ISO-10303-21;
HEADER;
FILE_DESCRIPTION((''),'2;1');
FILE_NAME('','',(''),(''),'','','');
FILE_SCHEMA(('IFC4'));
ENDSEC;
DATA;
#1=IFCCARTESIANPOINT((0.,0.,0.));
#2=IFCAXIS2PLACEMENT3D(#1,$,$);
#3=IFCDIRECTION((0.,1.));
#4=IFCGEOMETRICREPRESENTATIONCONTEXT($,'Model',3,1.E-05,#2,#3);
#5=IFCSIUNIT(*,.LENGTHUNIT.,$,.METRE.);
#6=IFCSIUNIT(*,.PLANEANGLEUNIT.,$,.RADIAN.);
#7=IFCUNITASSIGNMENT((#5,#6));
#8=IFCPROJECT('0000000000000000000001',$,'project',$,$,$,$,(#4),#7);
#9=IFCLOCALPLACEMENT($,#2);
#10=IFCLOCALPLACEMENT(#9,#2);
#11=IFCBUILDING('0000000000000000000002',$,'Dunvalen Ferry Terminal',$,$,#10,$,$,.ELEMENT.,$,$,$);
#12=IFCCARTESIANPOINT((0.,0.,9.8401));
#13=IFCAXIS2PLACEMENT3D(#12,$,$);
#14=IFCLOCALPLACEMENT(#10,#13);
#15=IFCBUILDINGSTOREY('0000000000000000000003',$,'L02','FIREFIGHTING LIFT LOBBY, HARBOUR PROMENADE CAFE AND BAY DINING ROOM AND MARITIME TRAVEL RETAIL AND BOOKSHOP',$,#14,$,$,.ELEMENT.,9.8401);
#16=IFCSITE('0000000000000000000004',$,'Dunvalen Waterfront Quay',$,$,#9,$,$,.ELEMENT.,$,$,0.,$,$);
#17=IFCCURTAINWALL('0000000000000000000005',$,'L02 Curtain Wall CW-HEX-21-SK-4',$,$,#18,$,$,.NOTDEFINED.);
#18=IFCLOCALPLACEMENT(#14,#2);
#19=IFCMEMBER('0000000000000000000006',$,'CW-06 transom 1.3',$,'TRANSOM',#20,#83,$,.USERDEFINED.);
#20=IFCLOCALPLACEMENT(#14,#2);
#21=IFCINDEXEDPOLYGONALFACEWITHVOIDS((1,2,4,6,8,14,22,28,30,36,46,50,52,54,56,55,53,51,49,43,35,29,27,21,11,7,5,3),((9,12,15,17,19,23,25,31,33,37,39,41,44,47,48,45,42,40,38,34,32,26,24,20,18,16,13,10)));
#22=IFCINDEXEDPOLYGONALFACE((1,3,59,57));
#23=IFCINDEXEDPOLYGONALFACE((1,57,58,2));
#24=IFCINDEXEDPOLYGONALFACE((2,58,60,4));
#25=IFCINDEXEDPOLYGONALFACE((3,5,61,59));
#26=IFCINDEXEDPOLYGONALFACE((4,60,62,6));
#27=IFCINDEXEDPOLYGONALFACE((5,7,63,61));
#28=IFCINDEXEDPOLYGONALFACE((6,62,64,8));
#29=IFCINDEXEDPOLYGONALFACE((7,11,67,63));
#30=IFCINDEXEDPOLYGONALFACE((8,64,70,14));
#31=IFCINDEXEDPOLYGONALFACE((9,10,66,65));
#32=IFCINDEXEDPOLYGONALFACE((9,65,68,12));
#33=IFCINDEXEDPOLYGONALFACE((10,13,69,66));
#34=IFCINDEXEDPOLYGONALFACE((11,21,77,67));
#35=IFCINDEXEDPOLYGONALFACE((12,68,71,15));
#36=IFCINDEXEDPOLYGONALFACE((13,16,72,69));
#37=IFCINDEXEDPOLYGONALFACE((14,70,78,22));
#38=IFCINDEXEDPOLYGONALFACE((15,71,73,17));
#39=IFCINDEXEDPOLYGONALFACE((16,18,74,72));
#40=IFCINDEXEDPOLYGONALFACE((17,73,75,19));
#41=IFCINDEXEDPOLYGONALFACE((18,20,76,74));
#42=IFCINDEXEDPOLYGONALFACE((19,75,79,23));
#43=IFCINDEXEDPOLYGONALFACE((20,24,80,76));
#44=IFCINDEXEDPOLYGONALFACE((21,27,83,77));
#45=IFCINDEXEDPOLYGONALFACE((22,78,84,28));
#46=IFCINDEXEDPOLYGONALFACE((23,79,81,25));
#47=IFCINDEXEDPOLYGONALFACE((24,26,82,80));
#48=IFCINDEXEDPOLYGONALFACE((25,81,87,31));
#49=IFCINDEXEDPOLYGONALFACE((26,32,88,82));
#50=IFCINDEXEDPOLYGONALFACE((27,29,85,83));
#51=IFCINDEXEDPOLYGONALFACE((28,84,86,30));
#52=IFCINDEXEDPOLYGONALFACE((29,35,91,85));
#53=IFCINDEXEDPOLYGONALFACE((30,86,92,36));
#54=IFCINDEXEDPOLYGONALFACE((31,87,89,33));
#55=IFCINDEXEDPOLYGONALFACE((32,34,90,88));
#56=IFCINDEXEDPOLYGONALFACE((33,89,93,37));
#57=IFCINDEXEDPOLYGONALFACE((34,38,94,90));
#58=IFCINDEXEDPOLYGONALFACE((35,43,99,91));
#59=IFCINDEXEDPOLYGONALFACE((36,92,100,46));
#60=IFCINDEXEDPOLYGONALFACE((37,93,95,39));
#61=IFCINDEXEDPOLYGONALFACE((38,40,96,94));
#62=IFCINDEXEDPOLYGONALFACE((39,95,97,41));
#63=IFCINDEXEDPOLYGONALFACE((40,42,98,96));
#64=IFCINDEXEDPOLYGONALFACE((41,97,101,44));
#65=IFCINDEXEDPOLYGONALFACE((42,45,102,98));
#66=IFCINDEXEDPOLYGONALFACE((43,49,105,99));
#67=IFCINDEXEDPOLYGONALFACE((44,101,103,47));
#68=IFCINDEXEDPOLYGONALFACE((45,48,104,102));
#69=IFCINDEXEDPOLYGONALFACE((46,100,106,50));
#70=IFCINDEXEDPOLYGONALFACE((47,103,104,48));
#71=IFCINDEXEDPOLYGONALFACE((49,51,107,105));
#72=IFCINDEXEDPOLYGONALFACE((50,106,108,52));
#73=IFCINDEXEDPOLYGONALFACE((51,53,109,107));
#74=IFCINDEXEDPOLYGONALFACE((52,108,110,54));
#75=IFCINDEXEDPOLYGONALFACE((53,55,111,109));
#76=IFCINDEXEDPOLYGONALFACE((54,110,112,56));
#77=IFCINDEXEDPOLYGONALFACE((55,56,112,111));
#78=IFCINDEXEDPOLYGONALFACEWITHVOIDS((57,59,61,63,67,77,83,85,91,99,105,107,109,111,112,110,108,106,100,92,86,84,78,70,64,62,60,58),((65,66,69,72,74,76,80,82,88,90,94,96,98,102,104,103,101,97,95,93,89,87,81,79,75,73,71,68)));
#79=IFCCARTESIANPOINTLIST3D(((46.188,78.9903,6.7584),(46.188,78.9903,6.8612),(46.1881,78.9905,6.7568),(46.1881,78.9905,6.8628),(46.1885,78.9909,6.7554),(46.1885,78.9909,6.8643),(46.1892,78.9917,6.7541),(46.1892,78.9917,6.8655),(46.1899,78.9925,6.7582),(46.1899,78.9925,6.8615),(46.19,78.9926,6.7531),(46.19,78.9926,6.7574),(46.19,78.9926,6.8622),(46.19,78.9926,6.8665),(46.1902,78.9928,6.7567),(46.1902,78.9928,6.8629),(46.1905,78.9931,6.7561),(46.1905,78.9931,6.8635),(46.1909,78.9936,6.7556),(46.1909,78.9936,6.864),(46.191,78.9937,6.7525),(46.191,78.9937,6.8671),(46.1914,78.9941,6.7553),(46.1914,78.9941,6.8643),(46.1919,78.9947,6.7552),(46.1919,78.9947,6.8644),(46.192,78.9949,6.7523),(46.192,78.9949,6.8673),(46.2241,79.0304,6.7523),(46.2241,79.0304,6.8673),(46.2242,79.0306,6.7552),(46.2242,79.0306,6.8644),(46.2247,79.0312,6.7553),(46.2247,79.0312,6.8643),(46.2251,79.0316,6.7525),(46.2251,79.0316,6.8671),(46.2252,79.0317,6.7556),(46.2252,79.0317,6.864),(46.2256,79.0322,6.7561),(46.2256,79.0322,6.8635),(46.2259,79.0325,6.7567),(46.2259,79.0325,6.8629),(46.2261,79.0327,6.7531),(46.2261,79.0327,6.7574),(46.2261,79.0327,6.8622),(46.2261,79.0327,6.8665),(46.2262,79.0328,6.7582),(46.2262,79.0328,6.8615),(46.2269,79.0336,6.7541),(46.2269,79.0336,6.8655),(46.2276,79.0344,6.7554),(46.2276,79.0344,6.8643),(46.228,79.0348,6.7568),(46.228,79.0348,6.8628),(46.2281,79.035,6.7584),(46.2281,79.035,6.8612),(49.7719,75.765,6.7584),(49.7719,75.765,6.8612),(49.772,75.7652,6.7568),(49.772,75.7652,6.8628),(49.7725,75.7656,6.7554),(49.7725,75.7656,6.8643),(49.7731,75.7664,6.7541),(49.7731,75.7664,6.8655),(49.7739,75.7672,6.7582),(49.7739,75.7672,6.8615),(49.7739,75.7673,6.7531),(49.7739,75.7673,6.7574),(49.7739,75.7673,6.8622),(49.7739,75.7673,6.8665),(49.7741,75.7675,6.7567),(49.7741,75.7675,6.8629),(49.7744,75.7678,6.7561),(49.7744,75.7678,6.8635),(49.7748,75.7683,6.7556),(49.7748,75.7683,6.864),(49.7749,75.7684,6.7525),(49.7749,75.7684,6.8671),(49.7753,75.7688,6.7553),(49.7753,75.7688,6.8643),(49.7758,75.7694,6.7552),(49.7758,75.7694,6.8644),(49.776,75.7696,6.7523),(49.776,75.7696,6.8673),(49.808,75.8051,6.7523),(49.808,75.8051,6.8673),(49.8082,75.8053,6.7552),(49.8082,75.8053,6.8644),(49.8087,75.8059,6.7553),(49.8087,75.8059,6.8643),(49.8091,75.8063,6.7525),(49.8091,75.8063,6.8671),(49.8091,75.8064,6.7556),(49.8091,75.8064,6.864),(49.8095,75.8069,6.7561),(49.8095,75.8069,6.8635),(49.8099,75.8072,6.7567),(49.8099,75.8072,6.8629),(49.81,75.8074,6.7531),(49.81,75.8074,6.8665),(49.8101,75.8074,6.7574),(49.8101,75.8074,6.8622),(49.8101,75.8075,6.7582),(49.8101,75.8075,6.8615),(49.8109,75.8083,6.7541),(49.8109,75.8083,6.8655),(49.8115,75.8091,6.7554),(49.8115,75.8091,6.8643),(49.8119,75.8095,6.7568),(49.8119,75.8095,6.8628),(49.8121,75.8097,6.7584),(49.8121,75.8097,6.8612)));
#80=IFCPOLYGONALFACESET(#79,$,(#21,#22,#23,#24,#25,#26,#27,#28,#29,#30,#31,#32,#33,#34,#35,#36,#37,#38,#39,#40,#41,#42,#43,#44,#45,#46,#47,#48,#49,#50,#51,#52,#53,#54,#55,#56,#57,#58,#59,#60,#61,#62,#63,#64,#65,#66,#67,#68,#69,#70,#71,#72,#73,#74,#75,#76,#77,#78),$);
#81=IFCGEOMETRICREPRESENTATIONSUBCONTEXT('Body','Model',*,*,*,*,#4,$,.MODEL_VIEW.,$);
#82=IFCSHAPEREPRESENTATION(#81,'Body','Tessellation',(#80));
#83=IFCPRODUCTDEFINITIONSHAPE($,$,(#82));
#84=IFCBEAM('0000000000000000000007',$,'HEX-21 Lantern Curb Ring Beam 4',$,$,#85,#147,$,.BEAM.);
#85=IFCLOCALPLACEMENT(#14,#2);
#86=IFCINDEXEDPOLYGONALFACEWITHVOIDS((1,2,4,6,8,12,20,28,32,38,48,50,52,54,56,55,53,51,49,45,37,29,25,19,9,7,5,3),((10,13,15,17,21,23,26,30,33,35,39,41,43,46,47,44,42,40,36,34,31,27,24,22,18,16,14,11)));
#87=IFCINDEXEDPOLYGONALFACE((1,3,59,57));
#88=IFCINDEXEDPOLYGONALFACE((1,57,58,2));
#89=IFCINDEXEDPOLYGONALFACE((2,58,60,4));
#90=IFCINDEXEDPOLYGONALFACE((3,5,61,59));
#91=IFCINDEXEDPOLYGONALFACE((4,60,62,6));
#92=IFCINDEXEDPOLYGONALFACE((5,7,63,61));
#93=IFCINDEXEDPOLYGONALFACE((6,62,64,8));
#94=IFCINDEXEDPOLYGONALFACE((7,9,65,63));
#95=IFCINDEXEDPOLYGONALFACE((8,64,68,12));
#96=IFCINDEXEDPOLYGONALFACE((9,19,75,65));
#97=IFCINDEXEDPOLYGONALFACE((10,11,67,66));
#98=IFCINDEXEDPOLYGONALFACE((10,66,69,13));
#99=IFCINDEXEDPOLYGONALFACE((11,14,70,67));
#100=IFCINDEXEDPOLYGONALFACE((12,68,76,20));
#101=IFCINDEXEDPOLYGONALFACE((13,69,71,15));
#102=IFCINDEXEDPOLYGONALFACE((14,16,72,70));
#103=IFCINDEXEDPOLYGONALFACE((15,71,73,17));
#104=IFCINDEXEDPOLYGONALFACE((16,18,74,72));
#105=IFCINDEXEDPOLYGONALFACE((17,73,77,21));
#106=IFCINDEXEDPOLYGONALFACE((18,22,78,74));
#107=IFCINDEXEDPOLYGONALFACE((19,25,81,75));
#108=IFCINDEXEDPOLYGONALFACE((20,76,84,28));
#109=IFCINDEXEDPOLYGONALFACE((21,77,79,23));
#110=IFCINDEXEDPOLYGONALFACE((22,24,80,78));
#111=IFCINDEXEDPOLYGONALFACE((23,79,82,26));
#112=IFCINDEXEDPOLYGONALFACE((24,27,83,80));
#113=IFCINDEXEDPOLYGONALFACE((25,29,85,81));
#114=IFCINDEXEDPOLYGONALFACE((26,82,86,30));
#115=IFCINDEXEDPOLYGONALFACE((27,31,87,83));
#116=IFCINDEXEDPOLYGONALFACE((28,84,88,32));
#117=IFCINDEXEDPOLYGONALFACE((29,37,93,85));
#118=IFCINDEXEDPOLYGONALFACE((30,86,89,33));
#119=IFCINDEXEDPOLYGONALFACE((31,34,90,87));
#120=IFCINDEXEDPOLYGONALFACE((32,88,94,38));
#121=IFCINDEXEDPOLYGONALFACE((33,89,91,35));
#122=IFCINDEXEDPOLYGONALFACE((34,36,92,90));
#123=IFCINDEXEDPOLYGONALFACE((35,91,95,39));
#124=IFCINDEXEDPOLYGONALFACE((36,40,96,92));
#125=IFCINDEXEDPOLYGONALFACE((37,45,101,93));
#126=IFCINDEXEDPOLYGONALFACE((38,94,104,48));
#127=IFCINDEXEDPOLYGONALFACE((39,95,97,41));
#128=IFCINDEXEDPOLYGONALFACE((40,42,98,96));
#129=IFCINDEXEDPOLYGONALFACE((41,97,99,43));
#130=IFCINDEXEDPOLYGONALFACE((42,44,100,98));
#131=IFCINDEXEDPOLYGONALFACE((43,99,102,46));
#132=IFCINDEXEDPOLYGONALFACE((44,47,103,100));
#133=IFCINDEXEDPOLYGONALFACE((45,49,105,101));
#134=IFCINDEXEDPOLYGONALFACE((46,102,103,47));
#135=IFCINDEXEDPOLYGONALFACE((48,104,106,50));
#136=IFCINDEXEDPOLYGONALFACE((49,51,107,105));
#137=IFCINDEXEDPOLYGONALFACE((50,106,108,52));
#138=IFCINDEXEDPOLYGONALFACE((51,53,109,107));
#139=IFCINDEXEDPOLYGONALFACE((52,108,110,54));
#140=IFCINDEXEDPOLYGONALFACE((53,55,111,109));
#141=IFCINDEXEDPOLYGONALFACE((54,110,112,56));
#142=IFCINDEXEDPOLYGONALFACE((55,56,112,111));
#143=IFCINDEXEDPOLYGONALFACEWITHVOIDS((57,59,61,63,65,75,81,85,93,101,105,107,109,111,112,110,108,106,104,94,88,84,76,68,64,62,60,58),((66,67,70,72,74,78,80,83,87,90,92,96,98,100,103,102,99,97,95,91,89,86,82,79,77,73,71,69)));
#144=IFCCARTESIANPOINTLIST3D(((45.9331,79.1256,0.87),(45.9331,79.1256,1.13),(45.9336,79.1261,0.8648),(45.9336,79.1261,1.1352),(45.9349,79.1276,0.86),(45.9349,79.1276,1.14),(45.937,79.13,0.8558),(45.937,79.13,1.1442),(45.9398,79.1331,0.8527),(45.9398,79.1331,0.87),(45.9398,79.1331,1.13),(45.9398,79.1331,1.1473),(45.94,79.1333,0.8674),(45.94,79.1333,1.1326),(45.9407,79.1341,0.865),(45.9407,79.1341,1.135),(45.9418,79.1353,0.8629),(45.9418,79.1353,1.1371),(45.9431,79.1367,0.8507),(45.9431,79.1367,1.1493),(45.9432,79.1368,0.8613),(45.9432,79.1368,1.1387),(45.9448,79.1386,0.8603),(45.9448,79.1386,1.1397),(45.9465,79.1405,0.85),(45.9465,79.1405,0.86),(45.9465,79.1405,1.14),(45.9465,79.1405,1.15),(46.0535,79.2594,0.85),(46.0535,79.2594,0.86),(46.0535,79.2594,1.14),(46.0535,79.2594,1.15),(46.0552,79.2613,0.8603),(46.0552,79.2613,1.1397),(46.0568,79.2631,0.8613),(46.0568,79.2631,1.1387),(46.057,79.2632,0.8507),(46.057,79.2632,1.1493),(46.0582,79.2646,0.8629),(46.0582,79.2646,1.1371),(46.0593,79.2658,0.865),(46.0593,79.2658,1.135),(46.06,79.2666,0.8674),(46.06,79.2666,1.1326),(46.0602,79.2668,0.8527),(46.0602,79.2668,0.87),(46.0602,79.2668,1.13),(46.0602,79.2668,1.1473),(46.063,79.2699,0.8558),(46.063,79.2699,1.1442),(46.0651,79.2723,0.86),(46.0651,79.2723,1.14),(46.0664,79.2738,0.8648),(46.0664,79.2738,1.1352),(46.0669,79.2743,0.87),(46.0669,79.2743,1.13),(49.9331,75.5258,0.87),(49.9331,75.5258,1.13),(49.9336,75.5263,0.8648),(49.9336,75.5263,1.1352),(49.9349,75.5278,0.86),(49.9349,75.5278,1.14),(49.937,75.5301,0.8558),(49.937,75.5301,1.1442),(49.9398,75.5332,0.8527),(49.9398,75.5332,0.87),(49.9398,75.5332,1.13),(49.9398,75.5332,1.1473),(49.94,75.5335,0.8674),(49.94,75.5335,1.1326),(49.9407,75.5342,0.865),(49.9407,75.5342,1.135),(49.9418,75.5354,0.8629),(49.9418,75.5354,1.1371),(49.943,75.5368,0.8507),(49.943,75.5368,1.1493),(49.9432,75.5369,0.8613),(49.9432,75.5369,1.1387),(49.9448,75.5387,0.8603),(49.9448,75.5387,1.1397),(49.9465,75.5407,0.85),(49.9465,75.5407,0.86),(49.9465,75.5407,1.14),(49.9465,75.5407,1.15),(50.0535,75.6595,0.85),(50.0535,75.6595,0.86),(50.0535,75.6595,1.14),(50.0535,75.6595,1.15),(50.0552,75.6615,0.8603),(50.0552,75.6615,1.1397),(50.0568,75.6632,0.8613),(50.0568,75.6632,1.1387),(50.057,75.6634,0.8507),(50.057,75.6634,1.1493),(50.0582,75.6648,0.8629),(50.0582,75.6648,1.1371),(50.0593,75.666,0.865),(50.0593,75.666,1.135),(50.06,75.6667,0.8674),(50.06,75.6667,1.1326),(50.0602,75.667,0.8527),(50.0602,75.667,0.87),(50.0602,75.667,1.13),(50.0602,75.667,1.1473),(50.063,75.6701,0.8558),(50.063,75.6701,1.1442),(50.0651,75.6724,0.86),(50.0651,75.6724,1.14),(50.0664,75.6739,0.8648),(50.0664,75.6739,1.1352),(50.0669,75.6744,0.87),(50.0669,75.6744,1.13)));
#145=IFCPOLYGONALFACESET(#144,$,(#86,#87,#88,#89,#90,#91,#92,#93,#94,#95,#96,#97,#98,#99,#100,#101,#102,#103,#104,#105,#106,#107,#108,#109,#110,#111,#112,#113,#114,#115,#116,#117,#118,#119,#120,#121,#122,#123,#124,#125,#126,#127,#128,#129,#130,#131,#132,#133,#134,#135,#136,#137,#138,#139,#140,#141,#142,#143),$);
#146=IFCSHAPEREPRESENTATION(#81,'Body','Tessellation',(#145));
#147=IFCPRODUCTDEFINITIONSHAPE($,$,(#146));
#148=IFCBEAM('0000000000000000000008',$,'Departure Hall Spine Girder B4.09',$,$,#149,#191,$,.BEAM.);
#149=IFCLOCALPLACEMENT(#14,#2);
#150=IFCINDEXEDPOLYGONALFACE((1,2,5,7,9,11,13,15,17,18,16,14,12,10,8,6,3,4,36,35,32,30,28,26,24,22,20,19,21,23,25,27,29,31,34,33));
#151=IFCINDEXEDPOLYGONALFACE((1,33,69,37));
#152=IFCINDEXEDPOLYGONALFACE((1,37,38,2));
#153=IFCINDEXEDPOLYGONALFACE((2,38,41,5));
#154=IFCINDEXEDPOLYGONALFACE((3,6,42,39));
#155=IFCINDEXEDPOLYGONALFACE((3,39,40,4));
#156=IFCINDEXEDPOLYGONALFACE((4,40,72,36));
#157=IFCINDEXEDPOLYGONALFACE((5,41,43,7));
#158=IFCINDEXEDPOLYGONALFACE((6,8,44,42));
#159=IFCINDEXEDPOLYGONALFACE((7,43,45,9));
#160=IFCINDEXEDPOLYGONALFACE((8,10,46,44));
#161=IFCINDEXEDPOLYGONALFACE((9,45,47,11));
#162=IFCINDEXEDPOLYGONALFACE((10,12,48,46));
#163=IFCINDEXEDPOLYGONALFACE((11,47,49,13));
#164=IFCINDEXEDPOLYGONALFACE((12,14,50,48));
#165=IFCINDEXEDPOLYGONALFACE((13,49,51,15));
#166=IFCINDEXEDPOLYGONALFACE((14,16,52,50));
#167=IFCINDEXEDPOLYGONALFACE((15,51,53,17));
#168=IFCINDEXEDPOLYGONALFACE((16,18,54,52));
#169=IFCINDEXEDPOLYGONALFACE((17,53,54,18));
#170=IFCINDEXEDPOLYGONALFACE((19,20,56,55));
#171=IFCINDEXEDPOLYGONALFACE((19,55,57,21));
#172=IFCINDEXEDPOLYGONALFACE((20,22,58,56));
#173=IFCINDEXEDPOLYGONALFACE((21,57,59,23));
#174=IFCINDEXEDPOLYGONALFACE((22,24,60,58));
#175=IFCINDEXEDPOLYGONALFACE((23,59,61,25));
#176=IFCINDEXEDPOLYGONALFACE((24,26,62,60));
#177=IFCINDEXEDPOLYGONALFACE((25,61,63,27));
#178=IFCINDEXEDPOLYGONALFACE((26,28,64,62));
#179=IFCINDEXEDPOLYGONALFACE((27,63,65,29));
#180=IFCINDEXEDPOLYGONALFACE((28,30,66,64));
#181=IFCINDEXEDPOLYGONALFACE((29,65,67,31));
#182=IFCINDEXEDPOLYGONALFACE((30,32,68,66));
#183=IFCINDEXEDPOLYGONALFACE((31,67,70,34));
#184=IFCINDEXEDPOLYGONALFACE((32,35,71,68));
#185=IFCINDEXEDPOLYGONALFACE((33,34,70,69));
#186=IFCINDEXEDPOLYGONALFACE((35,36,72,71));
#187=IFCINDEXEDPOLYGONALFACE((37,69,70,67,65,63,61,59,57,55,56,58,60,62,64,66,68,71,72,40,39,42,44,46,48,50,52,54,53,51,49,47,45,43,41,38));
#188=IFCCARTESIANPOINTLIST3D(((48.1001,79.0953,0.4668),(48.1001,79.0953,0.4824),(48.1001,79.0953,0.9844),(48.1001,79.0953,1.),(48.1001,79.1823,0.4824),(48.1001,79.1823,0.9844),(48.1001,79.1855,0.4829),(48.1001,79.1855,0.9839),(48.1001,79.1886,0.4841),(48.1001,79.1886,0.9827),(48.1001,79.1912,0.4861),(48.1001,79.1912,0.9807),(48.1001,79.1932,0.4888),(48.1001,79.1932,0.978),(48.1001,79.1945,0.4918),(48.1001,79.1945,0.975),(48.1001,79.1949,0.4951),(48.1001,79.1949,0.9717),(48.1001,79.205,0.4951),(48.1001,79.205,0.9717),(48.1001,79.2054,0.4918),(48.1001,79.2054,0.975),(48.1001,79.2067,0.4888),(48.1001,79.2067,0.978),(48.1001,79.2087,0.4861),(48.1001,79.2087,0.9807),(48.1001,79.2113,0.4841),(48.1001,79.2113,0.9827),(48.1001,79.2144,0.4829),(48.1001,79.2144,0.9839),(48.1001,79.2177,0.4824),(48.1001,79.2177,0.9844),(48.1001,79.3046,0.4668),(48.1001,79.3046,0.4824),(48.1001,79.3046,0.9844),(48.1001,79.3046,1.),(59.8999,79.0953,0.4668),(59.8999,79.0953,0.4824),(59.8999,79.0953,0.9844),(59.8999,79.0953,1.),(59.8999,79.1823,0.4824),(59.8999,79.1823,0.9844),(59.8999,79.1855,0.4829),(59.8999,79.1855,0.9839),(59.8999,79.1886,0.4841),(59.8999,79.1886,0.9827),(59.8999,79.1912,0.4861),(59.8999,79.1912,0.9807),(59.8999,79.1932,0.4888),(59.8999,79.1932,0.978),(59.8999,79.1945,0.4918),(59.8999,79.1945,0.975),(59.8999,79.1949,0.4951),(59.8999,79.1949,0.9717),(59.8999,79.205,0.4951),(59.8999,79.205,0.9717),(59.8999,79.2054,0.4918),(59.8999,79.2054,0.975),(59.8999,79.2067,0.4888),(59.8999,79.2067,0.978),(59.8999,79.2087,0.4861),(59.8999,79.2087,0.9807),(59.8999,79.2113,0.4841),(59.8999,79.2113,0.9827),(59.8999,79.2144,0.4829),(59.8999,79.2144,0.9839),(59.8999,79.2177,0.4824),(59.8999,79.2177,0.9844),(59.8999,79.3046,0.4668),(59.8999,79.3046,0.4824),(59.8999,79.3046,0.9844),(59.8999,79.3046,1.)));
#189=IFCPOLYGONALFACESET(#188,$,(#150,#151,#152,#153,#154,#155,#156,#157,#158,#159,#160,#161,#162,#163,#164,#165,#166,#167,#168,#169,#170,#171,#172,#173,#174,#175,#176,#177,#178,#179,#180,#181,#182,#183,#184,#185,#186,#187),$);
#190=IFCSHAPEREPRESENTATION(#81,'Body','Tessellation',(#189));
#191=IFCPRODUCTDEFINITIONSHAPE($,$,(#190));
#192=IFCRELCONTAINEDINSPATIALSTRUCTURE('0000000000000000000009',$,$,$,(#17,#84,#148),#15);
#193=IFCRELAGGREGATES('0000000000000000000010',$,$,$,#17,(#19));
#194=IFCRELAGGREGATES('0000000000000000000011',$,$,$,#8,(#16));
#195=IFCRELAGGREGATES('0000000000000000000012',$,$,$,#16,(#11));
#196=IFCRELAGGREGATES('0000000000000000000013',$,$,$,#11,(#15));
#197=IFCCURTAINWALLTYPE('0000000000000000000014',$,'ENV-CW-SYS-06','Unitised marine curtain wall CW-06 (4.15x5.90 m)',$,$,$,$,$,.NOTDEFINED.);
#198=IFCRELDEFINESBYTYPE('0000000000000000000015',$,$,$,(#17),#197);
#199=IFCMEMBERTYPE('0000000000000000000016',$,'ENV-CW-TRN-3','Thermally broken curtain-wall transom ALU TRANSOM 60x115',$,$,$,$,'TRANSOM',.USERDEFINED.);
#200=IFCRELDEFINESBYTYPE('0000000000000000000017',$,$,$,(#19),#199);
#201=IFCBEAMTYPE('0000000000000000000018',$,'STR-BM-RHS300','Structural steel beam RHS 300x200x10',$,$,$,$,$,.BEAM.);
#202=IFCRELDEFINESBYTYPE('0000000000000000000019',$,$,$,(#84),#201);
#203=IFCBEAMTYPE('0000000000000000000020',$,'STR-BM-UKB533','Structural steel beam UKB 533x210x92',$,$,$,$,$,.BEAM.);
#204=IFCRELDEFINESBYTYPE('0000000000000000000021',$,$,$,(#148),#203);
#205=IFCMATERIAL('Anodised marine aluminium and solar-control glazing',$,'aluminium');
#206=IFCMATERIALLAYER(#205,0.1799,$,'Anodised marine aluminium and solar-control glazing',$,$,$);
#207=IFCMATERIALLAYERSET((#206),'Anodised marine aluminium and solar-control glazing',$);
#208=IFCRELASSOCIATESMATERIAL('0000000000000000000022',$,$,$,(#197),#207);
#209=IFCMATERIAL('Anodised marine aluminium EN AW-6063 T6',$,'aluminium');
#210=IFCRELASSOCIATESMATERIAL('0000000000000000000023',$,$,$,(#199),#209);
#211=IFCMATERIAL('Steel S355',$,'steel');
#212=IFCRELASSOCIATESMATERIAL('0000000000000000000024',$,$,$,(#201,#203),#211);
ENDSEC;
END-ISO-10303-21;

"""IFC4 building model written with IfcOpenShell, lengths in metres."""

from ifc_helpers import new_model, si_unit, direction, frame, origin, origin_2d, place, context, subcontext, project, spatial, hollow_rectangle, i_section, extrude, material, layer, layer_set, material_profile, profile_set, type_object, element, aggregate, save


model = new_model("IFC4")

# Units and contexts
model_context = context("Model", 3, precision=1e-05, world=origin(), true_north=direction((0.0, 1.0)))
body_context = subcontext(model_context, "Body", "Model", "MODEL_VIEW")
ifc_project = project(units=[si_unit("LENGTHUNIT", "METRE"), si_unit("PLANEANGLEUNIT", "RADIAN")], contexts=[model_context])

# Site, building, storey
site_placement = place(None, origin())
site = spatial("IfcSite", under=ifc_project, at=site_placement, Name="Dunvalen Waterfront Quay", CompositionType="ELEMENT", RefElevation=0.0)
building_placement = place(site_placement, origin())
building = spatial("IfcBuilding", under=site, at=building_placement, Name="Dunvalen Ferry Terminal", CompositionType="ELEMENT")
storey_placement = place(building_placement, frame((0.0, 0.0, 9.8401)))
storey = spatial("IfcBuildingStorey", under=building, at=storey_placement, Name="L02", Description="FIREFIGHTING LIFT LOBBY, HARBOUR PROMENADE CAFE AND BAY DINING ROOM AND MARITIME TRAVEL RETAIL AND BOOKSHOP", CompositionType="ELEMENT", Elevation=9.8401)

# Curtain wall, member
ifc_material_1 = material(Name="Anodised marine aluminium and solar-control glazing", Category="aluminium")
ifc_layer_1 = layer(ifc_material_1, 0.1799, Name="Anodised marine aluminium and solar-control glazing")
ifc_layer_set_1 = layer_set([ifc_layer_1], Name="Anodised marine aluminium and solar-control glazing")
curtain_wall_type = type_object("IfcCurtainWallType", Name="ENV-CW-SYS-06", Description="Unitised marine curtain wall CW-06 (4.15x5.90 m)", PredefinedType="NOTDEFINED", material=ifc_layer_set_1)
curtain_wall_placement = place(storey_placement, origin())
curtain_wall = element("IfcCurtainWall", 1, at=curtain_wall_placement, inside=storey, type_object=curtain_wall_type, Name="L02 Curtain Wall CW-HEX-21-SK-4", PredefinedType="NOTDEFINED")
ifc_material_2 = material(Name="Anodised marine aluminium EN AW-6063 T6", Category="aluminium")
ifc_material_profile_1 = material_profile(ifc_material_2, hollow_rectangle(XDim=0.0601, YDim=0.115, WallThickness=0.0029, InnerFilletRadius=0.0029, OuterFilletRadius=0.0061, at=origin_2d()), Name="Anodised marine aluminium EN AW-6063 T6")
ifc_profile_set_1 = profile_set([ifc_material_profile_1], Name="Anodised marine aluminium EN AW-6063 T6")
member_type_1 = type_object("IfcMemberType", Name="ENV-CW-TRN-3", Description="Thermally broken curtain-wall transom ALU TRANSOM 60x115", ElementType="TRANSOM", PredefinedType="USERDEFINED", material=ifc_profile_set_1)
member_1_placement = place(storey_placement, frame((49.792, 75.7874, 6.8098), z_axis=(-0.743319, 0.668937, 0.0), x_axis=(-0.668937, -0.743319, 0.0)))
member_1 = element("IfcMember", 2, at=member_1_placement, type_object=member_type_1, Name="CW-06 transom 1.3", ObjectType="TRANSOM", PredefinedType="USERDEFINED", context=body_context, shape_type="SweptSolid", body=[
    extrude(hollow_rectangle(XDim=0.0601, YDim=0.115, WallThickness=0.0029, InnerFilletRadius=0.0029, OuterFilletRadius=0.0061, at=origin_2d()), origin(), (0.0, 0.0, 1.0), 4.8215),
])

# Beams
ifc_material_3 = material(Name="Steel S355", Category="steel")
ifc_material_profile_2 = material_profile(ifc_material_3, hollow_rectangle(XDim=0.2, YDim=0.3, WallThickness=0.01, InnerFilletRadius=0.01, OuterFilletRadius=0.02, at=origin_2d()), Name="Steel S355")
ifc_profile_set_2 = profile_set([ifc_material_profile_2], Name="Steel S355")
beam_type_1 = type_object("IfcBeamType", Name="STR-BM-RHS300", Description="Structural steel beam RHS 300x200x10", PredefinedType="BEAM", material=ifc_profile_set_2)
beam_1_placement = place(storey_placement, frame((50.0, 75.6001, 1.0), z_axis=(-0.743308, 0.66895, 0.0), x_axis=(-0.66895, -0.743308, 0.0)))
element("IfcBeam", 3, at=beam_1_placement, inside=storey, type_object=beam_type_1, Name="HEX-21 Lantern Curb Ring Beam 4", PredefinedType="BEAM", context=body_context, shape_type="SweptSolid", body=[
    extrude(hollow_rectangle(XDim=0.2, YDim=0.3, WallThickness=0.01, InnerFilletRadius=0.01, OuterFilletRadius=0.02, at=origin_2d()), origin(), (0.0, 0.0, 1.0), 5.3813),
])
ifc_material_profile_3 = material_profile(ifc_material_3, i_section(OverallWidth=0.2092, OverallDepth=0.5332, WebThickness=0.01, FlangeThickness=0.0156, FilletRadius=0.0127, at=origin_2d()), Name="Steel S355")
ifc_profile_set_3 = profile_set([ifc_material_profile_3], Name="Steel S355")
beam_type_2 = type_object("IfcBeamType", Name="STR-BM-UKB533", Description="Structural steel beam UKB 533x210x92", PredefinedType="BEAM", material=ifc_profile_set_3)
beam_2_placement = place(storey_placement, frame((48.1001, 79.2, 0.7334), z_axis=(1.0, 0.0, 0.0), x_axis=(0.0, 1.0, 0.0)))
element("IfcBeam", 4, at=beam_2_placement, inside=storey, type_object=beam_type_2, Name="Departure Hall Spine Girder B4.09", PredefinedType="BEAM", context=body_context, shape_type="SweptSolid", body=[
    extrude(i_section(OverallWidth=0.2092, OverallDepth=0.5332, WebThickness=0.01, FlangeThickness=0.0156, FilletRadius=0.0127, at=origin_2d()), origin(), (0.0, 0.0, 1.0), 11.7998),
])

aggregate(curtain_wall, [member_1])

save(model, "model.ifc")
